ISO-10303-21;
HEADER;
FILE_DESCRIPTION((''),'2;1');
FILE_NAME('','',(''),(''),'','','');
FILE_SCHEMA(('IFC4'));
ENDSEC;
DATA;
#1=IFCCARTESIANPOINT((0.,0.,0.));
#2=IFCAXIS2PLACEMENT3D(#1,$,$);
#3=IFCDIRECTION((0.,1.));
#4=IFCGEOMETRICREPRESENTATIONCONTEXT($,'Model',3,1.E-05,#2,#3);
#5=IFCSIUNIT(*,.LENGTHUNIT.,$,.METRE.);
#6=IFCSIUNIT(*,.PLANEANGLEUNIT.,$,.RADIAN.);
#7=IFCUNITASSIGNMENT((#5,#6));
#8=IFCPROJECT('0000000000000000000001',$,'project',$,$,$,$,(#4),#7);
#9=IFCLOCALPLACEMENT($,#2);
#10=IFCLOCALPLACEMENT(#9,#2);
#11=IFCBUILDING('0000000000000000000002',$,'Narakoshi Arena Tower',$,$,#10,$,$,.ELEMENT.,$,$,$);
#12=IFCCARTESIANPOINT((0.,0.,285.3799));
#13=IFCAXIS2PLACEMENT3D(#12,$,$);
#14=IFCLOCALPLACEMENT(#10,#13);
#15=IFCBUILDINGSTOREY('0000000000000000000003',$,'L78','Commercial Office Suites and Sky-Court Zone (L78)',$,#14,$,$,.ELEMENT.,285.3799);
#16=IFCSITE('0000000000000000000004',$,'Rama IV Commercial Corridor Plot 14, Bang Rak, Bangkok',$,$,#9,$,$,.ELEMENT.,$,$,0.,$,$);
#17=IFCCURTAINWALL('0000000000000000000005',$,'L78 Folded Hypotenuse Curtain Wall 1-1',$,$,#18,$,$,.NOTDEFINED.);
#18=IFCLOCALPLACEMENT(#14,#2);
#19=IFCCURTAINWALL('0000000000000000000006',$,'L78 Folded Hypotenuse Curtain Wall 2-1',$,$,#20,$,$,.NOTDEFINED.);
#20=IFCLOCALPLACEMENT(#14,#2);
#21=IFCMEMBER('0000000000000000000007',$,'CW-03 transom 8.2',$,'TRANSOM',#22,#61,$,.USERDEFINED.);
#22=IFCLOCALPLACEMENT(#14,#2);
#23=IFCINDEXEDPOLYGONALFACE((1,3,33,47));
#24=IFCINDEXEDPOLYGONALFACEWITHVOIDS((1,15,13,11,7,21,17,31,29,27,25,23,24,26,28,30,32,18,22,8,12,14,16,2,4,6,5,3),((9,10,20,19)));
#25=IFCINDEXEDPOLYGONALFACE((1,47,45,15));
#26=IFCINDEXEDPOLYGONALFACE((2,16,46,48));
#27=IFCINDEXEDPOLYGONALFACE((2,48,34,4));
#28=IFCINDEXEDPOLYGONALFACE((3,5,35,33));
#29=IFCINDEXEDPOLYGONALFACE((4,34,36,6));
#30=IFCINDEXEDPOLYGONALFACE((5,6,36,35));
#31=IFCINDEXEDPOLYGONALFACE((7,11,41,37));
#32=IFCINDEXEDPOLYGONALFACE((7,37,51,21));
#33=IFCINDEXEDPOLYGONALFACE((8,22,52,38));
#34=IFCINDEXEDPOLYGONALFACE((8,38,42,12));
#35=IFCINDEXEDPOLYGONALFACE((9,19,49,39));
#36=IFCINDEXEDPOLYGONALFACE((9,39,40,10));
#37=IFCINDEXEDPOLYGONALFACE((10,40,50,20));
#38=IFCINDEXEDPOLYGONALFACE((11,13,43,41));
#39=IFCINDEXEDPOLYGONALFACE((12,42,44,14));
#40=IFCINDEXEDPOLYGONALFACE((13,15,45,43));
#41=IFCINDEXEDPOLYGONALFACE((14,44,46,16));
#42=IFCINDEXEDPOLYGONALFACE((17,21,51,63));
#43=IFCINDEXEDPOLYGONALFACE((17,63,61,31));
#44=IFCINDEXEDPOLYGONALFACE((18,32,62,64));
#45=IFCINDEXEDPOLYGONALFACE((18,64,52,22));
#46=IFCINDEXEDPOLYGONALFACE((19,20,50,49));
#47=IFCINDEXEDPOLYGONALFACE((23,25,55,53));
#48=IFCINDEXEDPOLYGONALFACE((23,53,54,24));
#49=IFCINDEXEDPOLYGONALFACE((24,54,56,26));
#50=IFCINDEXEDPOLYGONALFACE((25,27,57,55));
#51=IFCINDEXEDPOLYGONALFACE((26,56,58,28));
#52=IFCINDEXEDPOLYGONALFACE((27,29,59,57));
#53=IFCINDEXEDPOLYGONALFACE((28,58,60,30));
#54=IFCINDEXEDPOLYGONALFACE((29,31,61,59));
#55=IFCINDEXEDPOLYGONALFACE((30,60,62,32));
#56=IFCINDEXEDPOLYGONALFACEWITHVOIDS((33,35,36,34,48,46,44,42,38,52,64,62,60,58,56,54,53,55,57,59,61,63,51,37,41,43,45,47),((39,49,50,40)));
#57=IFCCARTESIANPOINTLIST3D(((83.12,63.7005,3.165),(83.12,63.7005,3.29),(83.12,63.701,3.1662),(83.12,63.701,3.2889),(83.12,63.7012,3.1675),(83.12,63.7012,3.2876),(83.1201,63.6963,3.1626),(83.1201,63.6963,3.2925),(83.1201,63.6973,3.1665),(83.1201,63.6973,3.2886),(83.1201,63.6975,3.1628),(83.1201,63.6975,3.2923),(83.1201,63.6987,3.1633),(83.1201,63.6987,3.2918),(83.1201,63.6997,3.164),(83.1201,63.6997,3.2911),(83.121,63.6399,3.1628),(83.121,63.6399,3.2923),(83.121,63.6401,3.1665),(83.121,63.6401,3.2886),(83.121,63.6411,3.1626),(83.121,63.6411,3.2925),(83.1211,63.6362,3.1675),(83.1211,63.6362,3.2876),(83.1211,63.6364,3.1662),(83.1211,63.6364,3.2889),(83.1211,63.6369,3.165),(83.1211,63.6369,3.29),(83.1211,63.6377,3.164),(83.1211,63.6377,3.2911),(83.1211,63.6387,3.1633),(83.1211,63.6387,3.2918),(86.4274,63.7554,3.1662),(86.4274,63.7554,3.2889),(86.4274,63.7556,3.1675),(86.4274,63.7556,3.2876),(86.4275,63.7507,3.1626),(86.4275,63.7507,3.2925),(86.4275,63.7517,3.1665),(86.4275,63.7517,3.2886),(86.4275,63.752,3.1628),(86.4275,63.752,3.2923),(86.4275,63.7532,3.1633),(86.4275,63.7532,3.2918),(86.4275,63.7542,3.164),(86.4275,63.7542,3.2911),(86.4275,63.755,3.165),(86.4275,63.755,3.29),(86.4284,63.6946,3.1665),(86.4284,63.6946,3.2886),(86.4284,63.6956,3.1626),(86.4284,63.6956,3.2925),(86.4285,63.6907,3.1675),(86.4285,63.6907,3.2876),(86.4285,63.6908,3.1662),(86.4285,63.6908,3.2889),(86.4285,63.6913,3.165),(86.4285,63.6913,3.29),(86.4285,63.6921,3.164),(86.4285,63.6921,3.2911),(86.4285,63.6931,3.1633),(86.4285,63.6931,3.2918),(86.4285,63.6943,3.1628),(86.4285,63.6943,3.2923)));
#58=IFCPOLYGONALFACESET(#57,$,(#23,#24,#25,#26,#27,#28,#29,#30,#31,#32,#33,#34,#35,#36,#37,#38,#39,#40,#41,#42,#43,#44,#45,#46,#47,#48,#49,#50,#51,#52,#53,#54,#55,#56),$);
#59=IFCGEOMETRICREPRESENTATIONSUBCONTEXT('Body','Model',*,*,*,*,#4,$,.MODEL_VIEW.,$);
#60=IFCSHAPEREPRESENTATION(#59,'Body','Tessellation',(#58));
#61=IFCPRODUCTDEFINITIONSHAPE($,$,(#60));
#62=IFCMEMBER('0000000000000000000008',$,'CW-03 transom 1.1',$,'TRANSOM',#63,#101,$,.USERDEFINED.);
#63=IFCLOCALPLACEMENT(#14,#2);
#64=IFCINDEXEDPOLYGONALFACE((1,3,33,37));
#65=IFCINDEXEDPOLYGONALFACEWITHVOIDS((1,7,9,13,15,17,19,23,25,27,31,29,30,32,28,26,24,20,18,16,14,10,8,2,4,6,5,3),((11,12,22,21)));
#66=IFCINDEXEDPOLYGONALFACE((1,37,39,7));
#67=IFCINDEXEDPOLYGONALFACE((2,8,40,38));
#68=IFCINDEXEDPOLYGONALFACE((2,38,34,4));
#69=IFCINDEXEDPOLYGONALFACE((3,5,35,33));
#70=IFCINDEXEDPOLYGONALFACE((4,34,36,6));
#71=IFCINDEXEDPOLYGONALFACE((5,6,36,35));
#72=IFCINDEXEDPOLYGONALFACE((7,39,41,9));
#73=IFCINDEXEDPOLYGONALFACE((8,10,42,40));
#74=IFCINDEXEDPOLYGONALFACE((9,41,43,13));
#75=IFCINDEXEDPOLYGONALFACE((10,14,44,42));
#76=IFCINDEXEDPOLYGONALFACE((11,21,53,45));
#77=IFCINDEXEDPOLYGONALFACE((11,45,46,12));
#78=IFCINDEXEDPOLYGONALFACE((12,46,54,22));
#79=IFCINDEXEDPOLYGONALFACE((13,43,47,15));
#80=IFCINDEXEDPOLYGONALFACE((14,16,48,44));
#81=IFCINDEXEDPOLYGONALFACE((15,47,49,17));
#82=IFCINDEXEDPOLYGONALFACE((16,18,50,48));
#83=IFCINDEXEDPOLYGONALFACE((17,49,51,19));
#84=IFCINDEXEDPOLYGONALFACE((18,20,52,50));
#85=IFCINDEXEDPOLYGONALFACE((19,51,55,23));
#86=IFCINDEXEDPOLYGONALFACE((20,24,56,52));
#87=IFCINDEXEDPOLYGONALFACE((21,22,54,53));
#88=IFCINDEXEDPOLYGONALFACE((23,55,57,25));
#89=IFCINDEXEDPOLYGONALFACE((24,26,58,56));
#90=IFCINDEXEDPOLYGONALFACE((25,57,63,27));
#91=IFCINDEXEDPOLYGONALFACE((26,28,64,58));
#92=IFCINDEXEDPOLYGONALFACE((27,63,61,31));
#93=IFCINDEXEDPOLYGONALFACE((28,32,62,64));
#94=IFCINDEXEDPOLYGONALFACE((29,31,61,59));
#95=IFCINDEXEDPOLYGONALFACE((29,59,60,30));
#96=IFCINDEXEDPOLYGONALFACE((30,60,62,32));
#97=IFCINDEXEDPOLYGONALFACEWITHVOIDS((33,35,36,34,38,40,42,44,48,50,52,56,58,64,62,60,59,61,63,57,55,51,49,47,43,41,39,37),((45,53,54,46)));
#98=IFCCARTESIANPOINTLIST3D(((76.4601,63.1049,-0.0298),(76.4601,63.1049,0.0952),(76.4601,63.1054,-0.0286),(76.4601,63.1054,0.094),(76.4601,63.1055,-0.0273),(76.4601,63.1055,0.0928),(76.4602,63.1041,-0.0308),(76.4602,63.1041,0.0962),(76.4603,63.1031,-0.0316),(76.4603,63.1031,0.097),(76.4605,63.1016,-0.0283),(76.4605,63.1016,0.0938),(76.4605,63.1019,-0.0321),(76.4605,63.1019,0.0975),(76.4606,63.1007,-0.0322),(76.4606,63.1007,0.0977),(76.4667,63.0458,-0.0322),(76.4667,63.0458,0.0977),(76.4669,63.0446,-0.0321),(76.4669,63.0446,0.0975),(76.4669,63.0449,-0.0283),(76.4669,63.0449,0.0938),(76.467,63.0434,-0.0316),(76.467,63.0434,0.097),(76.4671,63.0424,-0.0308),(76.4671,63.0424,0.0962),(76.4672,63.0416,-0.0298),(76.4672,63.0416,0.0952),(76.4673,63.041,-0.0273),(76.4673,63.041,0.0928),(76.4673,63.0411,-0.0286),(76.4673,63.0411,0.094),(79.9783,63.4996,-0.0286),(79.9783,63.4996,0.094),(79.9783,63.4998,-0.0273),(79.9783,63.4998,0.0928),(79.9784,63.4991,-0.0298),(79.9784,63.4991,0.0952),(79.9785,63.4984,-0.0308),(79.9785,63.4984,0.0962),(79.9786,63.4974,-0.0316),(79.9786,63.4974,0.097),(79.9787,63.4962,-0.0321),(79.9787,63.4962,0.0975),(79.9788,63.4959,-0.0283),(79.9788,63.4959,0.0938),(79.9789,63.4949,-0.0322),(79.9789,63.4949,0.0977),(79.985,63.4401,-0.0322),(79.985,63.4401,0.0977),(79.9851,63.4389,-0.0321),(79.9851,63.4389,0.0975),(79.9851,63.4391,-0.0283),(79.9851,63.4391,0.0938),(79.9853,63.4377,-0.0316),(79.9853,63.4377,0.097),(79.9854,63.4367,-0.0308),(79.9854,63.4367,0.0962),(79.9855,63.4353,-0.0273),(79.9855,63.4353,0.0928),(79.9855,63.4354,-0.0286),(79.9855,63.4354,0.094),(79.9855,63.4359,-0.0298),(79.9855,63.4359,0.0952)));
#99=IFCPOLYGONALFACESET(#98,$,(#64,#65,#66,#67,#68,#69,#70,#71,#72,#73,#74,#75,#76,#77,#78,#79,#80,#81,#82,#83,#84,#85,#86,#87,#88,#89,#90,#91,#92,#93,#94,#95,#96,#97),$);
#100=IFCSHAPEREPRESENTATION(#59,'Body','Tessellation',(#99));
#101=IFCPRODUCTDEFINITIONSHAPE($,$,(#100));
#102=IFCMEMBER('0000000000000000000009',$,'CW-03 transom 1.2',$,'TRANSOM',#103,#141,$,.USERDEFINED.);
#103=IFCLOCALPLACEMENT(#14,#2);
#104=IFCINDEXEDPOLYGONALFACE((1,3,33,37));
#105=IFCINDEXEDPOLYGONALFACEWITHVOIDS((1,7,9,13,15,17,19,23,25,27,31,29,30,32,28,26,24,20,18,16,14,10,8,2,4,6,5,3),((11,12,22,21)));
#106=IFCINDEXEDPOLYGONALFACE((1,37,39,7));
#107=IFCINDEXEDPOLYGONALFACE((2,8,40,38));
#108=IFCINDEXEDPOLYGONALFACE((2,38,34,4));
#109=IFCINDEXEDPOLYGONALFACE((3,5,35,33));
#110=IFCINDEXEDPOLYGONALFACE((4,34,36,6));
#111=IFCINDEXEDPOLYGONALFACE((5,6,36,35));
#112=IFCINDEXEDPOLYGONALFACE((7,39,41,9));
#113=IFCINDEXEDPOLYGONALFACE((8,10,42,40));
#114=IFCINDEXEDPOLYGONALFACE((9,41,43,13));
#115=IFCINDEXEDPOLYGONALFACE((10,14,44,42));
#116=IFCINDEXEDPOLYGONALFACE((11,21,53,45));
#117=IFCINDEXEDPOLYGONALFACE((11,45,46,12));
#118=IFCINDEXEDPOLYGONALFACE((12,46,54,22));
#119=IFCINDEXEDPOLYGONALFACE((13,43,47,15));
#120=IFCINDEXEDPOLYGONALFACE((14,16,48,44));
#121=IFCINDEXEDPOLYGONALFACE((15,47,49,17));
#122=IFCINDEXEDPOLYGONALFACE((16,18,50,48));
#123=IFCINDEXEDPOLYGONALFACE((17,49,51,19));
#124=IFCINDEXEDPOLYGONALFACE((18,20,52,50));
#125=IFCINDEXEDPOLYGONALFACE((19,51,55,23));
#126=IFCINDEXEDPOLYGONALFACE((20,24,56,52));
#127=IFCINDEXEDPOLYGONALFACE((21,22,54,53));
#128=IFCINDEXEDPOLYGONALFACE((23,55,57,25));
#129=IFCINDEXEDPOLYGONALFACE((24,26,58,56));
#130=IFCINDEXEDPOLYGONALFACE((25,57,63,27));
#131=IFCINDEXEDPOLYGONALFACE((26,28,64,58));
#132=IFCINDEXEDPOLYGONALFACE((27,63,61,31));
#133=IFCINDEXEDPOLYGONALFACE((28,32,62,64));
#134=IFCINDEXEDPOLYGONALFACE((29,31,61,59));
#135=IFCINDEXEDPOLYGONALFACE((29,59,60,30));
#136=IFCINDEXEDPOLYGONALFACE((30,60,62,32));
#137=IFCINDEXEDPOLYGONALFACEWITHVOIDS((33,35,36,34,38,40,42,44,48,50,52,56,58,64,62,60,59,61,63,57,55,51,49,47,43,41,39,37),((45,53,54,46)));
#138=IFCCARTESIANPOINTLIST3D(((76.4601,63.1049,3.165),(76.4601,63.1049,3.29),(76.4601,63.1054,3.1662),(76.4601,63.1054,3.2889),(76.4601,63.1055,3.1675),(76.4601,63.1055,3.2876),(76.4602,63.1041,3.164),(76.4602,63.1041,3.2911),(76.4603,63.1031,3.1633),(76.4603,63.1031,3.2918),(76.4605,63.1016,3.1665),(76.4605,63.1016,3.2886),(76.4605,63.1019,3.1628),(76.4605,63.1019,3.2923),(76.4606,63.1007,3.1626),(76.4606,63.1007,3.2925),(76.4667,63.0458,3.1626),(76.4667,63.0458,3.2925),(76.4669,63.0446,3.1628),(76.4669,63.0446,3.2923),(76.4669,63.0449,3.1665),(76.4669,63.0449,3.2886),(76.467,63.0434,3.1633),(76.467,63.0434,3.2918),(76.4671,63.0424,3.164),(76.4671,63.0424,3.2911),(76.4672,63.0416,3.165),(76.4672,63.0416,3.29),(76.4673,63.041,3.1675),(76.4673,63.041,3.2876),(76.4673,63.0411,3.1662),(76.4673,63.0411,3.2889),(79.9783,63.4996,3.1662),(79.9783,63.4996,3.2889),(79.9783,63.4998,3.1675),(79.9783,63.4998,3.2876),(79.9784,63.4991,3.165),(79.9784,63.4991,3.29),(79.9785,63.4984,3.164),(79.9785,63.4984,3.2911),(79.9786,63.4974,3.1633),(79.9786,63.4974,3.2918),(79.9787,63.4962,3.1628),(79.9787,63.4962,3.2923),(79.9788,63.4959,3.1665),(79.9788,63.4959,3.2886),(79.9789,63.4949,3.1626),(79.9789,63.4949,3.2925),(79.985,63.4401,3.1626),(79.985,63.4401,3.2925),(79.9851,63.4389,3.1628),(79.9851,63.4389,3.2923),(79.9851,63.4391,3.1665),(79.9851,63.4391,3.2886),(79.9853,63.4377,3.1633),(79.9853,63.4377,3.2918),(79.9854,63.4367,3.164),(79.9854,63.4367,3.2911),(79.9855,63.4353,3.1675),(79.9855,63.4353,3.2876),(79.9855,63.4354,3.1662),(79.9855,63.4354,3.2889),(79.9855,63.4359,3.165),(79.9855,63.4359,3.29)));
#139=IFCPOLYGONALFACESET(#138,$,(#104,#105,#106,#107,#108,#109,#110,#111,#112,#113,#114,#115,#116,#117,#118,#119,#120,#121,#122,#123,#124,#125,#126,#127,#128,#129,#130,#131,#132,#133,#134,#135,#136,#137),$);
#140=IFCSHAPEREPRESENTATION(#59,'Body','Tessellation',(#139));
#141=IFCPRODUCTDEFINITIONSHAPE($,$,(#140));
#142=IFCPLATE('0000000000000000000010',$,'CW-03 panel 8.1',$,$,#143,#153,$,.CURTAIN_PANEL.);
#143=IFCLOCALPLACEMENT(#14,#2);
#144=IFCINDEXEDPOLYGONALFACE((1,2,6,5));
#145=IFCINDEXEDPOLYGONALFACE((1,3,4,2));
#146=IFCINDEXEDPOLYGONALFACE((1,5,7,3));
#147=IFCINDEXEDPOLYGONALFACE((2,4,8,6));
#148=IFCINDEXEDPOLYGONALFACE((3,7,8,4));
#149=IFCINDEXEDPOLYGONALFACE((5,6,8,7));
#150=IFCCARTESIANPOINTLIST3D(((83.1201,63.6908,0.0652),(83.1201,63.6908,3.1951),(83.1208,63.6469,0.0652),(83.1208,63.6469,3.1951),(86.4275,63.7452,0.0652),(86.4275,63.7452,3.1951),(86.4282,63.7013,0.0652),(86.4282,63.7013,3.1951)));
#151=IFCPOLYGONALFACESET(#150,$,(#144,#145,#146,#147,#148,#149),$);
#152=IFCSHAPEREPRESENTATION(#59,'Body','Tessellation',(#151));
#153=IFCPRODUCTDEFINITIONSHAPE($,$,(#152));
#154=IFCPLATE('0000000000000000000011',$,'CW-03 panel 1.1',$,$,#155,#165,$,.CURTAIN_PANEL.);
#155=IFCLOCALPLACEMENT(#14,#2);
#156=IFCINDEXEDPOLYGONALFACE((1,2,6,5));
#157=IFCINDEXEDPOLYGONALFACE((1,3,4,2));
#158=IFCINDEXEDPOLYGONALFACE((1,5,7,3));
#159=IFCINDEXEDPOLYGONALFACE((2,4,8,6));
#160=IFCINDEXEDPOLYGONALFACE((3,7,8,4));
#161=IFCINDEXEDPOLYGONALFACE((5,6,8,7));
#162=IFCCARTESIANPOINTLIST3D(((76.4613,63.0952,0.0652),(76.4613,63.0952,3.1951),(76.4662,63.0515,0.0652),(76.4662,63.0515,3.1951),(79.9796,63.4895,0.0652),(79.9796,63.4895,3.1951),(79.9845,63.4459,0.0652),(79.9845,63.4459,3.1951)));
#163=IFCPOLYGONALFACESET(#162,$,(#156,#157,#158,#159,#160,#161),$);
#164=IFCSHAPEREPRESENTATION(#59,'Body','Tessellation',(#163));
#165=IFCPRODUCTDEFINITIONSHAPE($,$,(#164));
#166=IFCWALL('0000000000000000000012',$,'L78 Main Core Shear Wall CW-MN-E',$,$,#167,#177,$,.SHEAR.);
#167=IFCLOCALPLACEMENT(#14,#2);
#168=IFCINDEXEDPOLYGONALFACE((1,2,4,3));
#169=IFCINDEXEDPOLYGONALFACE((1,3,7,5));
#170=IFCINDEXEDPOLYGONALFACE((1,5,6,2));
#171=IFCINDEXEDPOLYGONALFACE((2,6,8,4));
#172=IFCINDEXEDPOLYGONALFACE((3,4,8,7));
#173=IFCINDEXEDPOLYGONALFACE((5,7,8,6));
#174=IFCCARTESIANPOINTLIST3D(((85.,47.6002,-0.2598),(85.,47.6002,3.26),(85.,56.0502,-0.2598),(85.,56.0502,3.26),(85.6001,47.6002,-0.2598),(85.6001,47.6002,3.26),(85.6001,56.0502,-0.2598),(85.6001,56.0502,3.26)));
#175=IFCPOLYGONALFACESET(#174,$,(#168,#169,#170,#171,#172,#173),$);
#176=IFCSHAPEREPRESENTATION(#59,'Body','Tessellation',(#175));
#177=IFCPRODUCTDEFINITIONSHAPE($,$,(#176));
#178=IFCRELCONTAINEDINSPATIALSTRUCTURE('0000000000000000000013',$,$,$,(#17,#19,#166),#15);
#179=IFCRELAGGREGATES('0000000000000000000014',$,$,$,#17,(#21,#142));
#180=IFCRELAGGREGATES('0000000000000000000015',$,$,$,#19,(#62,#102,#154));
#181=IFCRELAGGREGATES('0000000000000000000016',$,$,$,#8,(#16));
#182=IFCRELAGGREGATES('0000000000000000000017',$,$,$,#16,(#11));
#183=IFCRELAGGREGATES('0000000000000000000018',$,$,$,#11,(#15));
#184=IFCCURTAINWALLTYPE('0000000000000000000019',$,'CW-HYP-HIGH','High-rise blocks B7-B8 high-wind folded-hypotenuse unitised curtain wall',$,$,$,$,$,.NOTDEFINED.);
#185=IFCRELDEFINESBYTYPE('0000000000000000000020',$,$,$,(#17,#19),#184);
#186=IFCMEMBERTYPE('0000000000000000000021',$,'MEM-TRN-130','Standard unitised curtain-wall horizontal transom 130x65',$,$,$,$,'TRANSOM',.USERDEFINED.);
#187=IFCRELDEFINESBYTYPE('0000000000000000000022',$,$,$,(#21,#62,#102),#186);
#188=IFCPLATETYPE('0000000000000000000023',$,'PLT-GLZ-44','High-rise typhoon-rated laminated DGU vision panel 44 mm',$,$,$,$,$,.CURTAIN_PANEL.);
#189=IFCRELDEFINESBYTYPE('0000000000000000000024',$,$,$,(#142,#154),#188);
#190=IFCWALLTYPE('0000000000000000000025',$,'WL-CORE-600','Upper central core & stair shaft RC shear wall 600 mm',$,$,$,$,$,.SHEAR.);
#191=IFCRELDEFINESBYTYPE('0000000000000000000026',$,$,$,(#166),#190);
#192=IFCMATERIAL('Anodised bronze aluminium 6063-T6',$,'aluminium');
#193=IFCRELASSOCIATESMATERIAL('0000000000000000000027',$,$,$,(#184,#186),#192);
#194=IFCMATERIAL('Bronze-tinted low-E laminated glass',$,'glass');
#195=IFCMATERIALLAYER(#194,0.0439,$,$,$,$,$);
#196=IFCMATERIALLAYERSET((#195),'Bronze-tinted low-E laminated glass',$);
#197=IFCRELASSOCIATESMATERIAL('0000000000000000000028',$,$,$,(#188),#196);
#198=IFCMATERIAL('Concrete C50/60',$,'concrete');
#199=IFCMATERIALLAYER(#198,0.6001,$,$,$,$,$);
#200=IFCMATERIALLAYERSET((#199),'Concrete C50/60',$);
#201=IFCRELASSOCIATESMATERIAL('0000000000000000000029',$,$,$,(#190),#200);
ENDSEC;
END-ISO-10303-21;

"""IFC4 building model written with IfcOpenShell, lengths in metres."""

from ifc_helpers import new_model, si_unit, direction, frame, frame_2d, origin, origin_2d, place, context, subcontext, project, spatial, rectangle, hollow_rectangle, extrude, material, layer, layer_set, material_profile, profile_set, type_object, element, aggregate, save


model = new_model("IFC4")

# Units and contexts
model_context = context("Model", 3, precision=1e-05, world=origin(), true_north=direction((0.0, 1.0)))
body_context = subcontext(model_context, "Body", "Model", "MODEL_VIEW")
ifc_project = project(units=[si_unit("LENGTHUNIT", "METRE"), si_unit("PLANEANGLEUNIT", "RADIAN")], contexts=[model_context])

# Site, building, storey
site_placement = place(None, origin())
site = spatial("IfcSite", under=ifc_project, at=site_placement, Name="Rama IV Commercial Corridor Plot 14, Bang Rak, Bangkok", CompositionType="ELEMENT", RefElevation=0.0)
building_placement = place(site_placement, origin())
building = spatial("IfcBuilding", under=site, at=building_placement, Name="Narakoshi Arena Tower", CompositionType="ELEMENT")
storey_placement = place(building_placement, frame((0.0, 0.0, 285.3799)))
storey = spatial("IfcBuildingStorey", under=building, at=storey_placement, Name="L78", Description="Commercial Office Suites and Sky-Court Zone (L78)", CompositionType="ELEMENT", Elevation=285.3799)

# Shared definitions
ifc_material_1 = material(Name="Concrete C50/60", Category="concrete")

# Curtain wall
ifc_material_2 = material(Name="Anodised bronze aluminium 6063-T6", Category="aluminium")
curtain_wall_type = type_object("IfcCurtainWallType", Name="CW-HYP-HIGH", Description="High-rise blocks B7-B8 high-wind folded-hypotenuse unitised curtain wall", PredefinedType="NOTDEFINED", material=ifc_material_2)
curtain_wall_1_placement = place(storey_placement, origin())
curtain_wall_1 = element("IfcCurtainWall", 1, at=curtain_wall_1_placement, inside=storey, type_object=curtain_wall_type, Name="L78 Folded Hypotenuse Curtain Wall 1-1", PredefinedType="NOTDEFINED")

# Curtain wall
curtain_wall_2_placement = place(storey_placement, origin())
curtain_wall_2 = element("IfcCurtainWall", 2, at=curtain_wall_2_placement, inside=storey, type_object=curtain_wall_type, Name="L78 Folded Hypotenuse Curtain Wall 2-1", PredefinedType="NOTDEFINED")

# Members
ifc_material_profile_1 = material_profile(ifc_material_2, hollow_rectangle(XDim=0.0649, YDim=0.1299, WallThickness=0.0039, OuterFilletRadius=0.0049, at=origin_2d()), Name="TRN130x65x4")
ifc_profile_set_1 = profile_set([ifc_material_profile_1], Name="Anodised bronze aluminium 6063-T6")
member_type_1 = type_object("IfcMemberType", Name="MEM-TRN-130", Description="Standard unitised curtain-wall horizontal transom 130x65", ElementType="TRANSOM", PredefinedType="USERDEFINED", material=ifc_profile_set_1)
member_1_placement = place(storey_placement, frame((86.428, 63.7231, 3.2275), z_axis=(-0.999865, -0.016459, 0.0), x_axis=(0.016459, -0.999865, 0.0)))
member_1 = element("IfcMember", 3, at=member_1_placement, type_object=member_type_1, Name="CW-03 transom 8.2", ObjectType="TRANSOM", PredefinedType="USERDEFINED", context=body_context, shape_type="SweptSolid", body=[
    extrude(hollow_rectangle(XDim=0.0649, YDim=0.1299, WallThickness=0.0039, OuterFilletRadius=0.0049, at=origin_2d()), origin(), (0.0, 0.0, 1.0), 3.3079),
])
member_2_placement = place(storey_placement, frame((79.9819, 63.4675, 0.0327), z_axis=(-0.993779, -0.11137, 0.0), x_axis=(0.11137, -0.993779, 0.0)))
member_2 = element("IfcMember", 4, at=member_2_placement, type_object=member_type_1, Name="CW-03 transom 1.1", ObjectType="TRANSOM", PredefinedType="USERDEFINED", context=body_context, shape_type="SweptSolid", body=[
    extrude(hollow_rectangle(XDim=0.0649, YDim=0.1299, WallThickness=0.0039, OuterFilletRadius=0.0049, at=origin_2d()), origin(), (0.0, 0.0, 1.0), 3.5403),
])
member_3_placement = place(storey_placement, frame((79.9819, 63.4675, 3.2275), z_axis=(-0.993779, -0.11137, 0.0), x_axis=(0.11137, -0.993779, 0.0)))
member_3 = element("IfcMember", 5, at=member_3_placement, type_object=member_type_1, Name="CW-03 transom 1.2", ObjectType="TRANSOM", PredefinedType="USERDEFINED", context=body_context, shape_type="SweptSolid", body=[
    extrude(hollow_rectangle(XDim=0.0649, YDim=0.1299, WallThickness=0.0039, OuterFilletRadius=0.0049, at=origin_2d()), origin(), (0.0, 0.0, 1.0), 3.5403),
])

# Plates
ifc_material_3 = material(Name="Bronze-tinted low-E laminated glass", Category="glass")
ifc_layer_1 = layer(ifc_material_3, 0.0439)
ifc_layer_set_1 = layer_set([ifc_layer_1], Name="Bronze-tinted low-E laminated glass")
plate_type = type_object("IfcPlateType", Name="PLT-GLZ-44", Description="High-rise typhoon-rated laminated DGU vision panel 44 mm", PredefinedType="CURTAIN_PANEL", material=ifc_layer_set_1)
plate_1_placement = place(storey_placement, frame((84.7742, 63.696, 0.0652), z_axis=(0.0, 0.0, 1.0), x_axis=(-0.999865, -0.016443, 0.0)))
plate_1 = element("IfcPlate", 6, at=plate_1_placement, type_object=plate_type, Name="CW-03 panel 8.1", PredefinedType="CURTAIN_PANEL", context=body_context, shape_type="SweptSolid", body=[
    extrude(rectangle(XDim=3.3079, YDim=0.0439, at=origin_2d()), origin(), (0.0, 0.0, 1.0), 3.1299),
])
aggregate(curtain_wall_1, [member_1, plate_1])
plate_2_placement = place(storey_placement, frame((78.2229, 63.2705, 0.0652), z_axis=(0.0, 0.0, 1.0), x_axis=(-0.993776, -0.111396, 0.0)))
plate_2 = element("IfcPlate", 7, at=plate_2_placement, type_object=plate_type, Name="CW-03 panel 1.1", PredefinedType="CURTAIN_PANEL", context=body_context, shape_type="SweptSolid", body=[
    extrude(rectangle(XDim=3.5403, YDim=0.0439, at=origin_2d()), origin(), (0.0, 0.0, 1.0), 3.1299),
])
aggregate(curtain_wall_2, [member_2, member_3, plate_2])

# Wall
ifc_layer_2 = layer(ifc_material_1, 0.6001)
ifc_layer_set_2 = layer_set([ifc_layer_2], Name="Concrete C50/60")
wall_type_1 = type_object("IfcWallType", Name="WL-CORE-600", Description="Upper central core & stair shaft RC shear wall 600 mm", PredefinedType="SHEAR", material=ifc_layer_set_2)
wall_1_placement = place(storey_placement, frame((85.3, 47.6001, -0.2598), z_axis=(0.0, 0.0, 1.0), x_axis=(0.0, 1.0, 0.0)))
element("IfcWall", 8, at=wall_1_placement, inside=storey, type_object=wall_type_1, Name="L78 Main Core Shear Wall CW-MN-E", PredefinedType="SHEAR", context=body_context, shape_type="SweptSolid", body=[
    extrude(rectangle(XDim=8.45, YDim=0.6001, at=frame_2d((4.2251, 0.0))), origin(), (0.0, 0.0, 1.0), 3.5198),
])

save(model, "model.ifc")
